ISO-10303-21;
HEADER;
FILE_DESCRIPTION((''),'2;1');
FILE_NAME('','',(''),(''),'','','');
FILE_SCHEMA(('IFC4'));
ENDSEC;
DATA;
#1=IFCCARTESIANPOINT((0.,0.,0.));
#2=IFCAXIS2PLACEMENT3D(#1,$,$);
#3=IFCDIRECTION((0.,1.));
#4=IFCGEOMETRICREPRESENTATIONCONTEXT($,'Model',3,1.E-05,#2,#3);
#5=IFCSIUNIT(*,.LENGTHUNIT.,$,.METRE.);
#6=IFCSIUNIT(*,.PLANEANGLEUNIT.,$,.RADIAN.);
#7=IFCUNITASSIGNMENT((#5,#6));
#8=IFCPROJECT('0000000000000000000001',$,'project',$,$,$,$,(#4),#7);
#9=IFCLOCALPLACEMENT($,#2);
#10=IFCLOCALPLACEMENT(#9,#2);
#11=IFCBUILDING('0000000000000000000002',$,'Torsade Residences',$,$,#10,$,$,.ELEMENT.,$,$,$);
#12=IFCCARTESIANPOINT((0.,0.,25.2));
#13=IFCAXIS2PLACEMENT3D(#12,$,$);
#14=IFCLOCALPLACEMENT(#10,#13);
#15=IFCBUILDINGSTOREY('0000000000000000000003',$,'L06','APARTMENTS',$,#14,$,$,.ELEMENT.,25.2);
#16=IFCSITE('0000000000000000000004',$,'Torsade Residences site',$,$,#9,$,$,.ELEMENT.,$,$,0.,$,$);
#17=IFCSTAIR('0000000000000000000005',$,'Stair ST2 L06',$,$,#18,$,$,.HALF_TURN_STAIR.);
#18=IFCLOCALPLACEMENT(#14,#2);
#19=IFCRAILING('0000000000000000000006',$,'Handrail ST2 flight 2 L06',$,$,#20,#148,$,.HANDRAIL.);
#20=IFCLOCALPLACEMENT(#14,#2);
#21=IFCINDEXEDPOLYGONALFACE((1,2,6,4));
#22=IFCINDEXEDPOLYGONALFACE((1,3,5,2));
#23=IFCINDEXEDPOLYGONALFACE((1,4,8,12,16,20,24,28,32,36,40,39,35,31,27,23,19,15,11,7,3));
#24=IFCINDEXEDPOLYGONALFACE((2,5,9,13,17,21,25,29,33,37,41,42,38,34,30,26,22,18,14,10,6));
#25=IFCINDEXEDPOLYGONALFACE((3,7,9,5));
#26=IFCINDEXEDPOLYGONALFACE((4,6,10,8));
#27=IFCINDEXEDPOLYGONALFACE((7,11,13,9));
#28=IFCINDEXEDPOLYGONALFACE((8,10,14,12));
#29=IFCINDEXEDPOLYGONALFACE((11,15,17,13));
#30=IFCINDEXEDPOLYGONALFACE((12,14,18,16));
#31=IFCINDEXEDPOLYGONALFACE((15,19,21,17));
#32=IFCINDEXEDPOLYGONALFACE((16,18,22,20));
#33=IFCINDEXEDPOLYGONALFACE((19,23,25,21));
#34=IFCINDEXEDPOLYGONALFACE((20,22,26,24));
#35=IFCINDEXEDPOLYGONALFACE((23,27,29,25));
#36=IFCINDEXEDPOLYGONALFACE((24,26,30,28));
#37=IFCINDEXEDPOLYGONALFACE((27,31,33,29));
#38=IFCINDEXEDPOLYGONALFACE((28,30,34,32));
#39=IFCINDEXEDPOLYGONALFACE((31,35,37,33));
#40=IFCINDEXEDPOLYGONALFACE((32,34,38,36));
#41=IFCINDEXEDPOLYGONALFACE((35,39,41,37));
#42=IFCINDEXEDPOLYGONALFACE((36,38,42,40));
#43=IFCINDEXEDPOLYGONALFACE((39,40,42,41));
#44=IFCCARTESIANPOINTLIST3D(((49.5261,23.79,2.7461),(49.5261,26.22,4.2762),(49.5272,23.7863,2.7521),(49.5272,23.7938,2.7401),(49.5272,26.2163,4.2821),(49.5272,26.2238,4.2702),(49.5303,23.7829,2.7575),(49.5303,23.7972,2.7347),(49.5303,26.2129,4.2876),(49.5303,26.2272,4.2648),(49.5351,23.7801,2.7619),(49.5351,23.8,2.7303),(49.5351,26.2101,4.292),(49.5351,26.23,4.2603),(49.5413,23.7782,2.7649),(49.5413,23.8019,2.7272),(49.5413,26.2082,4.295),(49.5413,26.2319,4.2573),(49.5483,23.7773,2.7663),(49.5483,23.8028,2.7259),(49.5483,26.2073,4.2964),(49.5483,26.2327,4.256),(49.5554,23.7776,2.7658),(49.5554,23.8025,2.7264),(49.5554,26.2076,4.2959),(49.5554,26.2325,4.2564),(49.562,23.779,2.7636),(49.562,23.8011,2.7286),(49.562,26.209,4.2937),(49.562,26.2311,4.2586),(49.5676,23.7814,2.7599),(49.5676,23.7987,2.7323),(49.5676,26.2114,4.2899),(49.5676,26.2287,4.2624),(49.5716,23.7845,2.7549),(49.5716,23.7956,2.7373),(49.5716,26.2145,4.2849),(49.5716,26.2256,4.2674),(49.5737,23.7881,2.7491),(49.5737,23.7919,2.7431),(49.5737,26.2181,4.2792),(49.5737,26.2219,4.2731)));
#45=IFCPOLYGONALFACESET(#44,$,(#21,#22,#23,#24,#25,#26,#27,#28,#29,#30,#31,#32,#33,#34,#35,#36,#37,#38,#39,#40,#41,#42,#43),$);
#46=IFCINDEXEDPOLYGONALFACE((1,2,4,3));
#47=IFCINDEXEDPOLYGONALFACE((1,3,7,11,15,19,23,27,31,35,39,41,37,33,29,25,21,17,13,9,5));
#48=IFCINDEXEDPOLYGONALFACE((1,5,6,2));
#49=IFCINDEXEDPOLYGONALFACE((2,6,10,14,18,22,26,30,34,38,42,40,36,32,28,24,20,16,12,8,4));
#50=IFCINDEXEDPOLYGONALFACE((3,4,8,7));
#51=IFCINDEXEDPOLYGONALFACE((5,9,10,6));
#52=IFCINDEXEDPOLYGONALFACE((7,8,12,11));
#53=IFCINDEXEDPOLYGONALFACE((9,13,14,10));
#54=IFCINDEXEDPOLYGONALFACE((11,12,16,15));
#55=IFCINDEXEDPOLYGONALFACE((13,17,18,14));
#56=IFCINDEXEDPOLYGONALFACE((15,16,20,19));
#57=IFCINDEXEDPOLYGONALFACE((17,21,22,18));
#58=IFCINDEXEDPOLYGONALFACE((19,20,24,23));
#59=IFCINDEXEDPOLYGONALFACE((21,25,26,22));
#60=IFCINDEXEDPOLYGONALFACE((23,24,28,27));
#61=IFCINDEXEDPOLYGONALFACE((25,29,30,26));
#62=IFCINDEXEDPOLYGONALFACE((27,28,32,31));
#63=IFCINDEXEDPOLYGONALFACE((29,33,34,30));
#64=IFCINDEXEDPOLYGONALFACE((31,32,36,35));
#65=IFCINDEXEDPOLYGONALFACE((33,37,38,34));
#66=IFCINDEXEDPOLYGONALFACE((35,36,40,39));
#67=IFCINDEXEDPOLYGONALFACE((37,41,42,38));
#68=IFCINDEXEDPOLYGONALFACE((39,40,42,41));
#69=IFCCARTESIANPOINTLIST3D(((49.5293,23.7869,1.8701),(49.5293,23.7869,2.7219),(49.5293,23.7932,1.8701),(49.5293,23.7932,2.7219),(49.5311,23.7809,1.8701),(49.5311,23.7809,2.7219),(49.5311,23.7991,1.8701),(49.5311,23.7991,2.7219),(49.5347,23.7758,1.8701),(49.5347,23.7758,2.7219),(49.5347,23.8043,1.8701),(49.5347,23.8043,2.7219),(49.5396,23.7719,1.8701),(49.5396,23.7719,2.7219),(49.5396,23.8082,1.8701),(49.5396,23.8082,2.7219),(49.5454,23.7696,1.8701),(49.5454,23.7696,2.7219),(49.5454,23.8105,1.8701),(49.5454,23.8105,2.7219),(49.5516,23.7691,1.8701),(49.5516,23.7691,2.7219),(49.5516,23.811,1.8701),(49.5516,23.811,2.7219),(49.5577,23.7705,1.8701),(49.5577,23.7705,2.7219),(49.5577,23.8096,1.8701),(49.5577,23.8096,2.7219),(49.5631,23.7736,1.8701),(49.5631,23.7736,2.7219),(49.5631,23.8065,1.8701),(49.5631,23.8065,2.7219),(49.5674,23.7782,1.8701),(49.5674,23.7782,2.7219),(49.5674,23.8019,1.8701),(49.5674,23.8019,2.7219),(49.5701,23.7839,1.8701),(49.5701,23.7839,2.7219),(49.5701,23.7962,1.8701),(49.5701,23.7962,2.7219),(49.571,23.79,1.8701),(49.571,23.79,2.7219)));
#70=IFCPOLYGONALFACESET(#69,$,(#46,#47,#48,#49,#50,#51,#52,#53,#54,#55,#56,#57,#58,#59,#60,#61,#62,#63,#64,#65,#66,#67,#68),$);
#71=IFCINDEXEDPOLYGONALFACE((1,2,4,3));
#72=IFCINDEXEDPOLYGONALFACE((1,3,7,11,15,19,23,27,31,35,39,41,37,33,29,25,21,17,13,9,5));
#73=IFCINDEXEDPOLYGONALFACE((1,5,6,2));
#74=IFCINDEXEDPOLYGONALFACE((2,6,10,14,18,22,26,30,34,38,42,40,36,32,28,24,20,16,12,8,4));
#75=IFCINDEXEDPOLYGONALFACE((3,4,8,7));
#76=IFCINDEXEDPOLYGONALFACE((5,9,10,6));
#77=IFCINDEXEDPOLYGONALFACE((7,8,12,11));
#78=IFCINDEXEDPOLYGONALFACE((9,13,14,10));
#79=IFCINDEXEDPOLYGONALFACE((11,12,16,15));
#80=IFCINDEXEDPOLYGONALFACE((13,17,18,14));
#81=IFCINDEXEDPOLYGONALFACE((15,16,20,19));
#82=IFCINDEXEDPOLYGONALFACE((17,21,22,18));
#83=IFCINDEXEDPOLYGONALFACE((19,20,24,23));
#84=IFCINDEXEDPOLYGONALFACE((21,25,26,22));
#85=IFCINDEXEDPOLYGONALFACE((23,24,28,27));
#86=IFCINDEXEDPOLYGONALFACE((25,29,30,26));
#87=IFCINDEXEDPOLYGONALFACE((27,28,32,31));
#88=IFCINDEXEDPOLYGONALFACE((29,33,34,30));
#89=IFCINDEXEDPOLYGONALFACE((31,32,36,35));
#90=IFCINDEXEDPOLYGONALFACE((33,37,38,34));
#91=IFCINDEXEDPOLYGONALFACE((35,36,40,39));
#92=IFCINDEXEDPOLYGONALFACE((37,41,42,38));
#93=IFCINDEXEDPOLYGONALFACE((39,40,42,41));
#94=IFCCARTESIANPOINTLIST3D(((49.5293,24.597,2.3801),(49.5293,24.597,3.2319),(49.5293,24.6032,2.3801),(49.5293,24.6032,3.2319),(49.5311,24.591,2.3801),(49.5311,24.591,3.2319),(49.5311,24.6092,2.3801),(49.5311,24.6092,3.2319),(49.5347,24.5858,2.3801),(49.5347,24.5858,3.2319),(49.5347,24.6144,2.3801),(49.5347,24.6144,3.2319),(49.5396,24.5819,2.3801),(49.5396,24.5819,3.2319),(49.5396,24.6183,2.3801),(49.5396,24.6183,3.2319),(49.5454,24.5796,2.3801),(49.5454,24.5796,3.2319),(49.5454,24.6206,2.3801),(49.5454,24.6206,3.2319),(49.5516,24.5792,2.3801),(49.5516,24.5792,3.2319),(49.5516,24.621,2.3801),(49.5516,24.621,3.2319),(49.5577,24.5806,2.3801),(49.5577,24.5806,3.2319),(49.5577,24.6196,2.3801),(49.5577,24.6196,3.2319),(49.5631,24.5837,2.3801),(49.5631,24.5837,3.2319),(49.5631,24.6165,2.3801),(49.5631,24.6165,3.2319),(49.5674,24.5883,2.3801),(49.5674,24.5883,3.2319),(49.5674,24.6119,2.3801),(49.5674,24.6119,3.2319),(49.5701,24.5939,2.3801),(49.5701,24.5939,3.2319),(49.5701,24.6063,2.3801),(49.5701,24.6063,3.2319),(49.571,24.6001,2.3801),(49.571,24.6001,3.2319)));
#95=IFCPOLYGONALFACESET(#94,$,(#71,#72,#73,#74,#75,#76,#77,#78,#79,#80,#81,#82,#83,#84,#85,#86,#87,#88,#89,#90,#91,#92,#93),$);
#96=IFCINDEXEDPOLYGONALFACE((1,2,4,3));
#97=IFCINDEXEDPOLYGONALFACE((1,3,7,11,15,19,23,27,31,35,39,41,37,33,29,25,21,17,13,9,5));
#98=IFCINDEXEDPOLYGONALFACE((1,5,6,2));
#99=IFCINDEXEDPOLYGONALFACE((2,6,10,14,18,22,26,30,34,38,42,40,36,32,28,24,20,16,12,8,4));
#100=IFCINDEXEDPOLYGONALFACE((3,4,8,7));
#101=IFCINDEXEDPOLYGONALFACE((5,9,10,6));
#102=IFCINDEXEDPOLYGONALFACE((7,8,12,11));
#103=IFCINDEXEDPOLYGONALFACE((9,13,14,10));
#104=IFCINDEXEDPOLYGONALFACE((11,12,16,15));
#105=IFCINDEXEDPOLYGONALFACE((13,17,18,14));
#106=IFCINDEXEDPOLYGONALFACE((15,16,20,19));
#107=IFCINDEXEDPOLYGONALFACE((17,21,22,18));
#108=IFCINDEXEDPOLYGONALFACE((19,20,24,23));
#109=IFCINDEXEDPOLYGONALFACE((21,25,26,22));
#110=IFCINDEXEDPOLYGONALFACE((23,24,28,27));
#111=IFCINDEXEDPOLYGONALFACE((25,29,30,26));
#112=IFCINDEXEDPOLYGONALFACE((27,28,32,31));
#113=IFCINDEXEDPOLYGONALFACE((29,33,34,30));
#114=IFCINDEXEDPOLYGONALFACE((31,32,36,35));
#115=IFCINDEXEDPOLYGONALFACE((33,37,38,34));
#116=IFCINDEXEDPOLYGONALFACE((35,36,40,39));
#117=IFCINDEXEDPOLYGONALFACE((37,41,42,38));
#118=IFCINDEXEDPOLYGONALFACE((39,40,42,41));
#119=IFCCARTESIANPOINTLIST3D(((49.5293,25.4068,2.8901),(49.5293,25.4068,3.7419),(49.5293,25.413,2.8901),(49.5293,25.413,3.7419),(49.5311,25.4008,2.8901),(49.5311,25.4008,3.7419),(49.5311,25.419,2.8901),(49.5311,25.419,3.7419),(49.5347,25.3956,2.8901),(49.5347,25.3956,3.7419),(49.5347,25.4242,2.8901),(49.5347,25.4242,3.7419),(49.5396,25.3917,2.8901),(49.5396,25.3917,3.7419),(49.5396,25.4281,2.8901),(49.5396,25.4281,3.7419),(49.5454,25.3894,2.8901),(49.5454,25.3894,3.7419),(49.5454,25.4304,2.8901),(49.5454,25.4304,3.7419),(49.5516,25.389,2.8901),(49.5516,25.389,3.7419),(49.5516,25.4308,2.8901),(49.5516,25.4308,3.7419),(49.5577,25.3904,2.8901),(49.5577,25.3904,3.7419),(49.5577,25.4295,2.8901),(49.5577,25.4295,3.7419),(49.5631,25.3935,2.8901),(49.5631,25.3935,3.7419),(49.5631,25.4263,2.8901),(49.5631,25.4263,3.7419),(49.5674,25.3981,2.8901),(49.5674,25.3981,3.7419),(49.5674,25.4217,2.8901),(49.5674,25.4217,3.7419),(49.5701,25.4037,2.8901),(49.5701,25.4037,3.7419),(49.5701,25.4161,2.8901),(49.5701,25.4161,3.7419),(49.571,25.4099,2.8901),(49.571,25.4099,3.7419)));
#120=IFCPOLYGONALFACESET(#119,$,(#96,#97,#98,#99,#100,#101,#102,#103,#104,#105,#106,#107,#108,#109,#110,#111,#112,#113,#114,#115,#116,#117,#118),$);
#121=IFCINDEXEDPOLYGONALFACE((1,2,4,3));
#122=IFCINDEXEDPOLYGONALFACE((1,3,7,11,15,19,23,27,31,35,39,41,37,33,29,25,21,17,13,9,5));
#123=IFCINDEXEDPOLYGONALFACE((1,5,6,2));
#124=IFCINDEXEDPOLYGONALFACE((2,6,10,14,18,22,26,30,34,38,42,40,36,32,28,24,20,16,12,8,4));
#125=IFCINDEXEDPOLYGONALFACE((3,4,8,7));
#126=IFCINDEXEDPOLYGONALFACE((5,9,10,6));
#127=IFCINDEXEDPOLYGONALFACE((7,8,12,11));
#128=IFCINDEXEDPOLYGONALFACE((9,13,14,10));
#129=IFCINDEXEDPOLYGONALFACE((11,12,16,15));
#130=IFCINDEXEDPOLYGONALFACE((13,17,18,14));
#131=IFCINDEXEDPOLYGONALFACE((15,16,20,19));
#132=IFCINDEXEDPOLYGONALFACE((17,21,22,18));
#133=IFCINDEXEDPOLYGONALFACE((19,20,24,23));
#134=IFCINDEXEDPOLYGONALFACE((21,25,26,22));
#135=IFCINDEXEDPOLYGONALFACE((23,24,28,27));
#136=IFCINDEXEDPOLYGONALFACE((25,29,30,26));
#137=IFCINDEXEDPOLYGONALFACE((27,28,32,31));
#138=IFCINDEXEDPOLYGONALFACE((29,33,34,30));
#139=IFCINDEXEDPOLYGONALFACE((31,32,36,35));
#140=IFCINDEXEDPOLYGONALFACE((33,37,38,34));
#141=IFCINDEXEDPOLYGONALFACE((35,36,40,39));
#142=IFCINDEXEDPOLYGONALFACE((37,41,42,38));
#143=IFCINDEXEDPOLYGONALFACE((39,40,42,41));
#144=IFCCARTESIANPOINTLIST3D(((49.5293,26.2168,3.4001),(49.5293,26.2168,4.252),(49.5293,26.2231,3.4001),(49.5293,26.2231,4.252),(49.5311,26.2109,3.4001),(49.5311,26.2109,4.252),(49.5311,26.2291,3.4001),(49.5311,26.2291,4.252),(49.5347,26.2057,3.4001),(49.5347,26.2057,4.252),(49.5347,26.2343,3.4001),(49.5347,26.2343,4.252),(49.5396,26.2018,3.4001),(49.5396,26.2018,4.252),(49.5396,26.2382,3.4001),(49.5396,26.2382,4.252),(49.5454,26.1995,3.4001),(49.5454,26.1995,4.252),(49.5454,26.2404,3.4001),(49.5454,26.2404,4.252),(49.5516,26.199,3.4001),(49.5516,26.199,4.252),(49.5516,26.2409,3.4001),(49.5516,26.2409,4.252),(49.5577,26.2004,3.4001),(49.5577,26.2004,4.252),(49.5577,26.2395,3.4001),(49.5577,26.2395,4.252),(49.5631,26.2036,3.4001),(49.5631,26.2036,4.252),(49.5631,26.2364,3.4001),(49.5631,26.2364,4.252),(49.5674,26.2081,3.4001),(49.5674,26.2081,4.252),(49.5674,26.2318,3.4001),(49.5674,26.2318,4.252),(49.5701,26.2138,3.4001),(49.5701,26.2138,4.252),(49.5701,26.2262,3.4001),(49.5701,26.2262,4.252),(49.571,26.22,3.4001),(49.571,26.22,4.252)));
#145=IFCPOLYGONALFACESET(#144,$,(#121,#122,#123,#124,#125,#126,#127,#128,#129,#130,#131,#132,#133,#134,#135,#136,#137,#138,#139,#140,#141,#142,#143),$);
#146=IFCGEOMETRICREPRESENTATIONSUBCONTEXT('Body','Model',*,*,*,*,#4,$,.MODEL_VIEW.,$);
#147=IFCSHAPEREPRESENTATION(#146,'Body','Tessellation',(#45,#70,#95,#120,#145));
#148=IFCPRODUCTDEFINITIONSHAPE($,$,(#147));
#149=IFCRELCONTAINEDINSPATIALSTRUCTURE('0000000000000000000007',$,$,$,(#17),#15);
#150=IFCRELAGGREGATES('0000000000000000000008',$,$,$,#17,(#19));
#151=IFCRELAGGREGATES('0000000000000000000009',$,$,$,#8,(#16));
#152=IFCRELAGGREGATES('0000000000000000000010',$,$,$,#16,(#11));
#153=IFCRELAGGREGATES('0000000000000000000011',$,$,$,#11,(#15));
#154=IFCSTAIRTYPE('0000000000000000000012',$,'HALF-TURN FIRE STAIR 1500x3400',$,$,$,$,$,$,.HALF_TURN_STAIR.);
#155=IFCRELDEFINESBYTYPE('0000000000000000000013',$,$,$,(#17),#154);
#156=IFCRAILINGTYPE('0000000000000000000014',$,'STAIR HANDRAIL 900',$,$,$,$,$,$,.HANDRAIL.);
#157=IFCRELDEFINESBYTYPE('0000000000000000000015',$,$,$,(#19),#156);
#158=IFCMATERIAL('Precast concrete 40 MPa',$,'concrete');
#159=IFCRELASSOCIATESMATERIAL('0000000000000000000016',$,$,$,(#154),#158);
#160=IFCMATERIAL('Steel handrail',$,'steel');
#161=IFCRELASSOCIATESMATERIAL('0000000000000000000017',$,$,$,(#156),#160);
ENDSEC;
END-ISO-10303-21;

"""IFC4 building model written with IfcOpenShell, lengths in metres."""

from ifc_helpers import new_model, si_unit, direction, frame, origin, origin_2d, place, context, subcontext, project, spatial, circle, extrude, material, type_object, element, aggregate, save


model = new_model("IFC4")

# Units and contexts
model_context = context("Model", 3, precision=1e-05, world=origin(), true_north=direction((0.0, 1.0)))
body_context = subcontext(model_context, "Body", "Model", "MODEL_VIEW")
ifc_project = project(units=[si_unit("LENGTHUNIT", "METRE"), si_unit("PLANEANGLEUNIT", "RADIAN")], contexts=[model_context])

# Site, building, storey
site_placement = place(None, origin())
site = spatial("IfcSite", under=ifc_project, at=site_placement, Name="Torsade Residences site", CompositionType="ELEMENT", RefElevation=0.0)
building_placement = place(site_placement, origin())
building = spatial("IfcBuilding", under=site, at=building_placement, Name="Torsade Residences", CompositionType="ELEMENT")
storey_placement = place(building_placement, frame((0.0, 0.0, 25.2)))
storey = spatial("IfcBuildingStorey", under=building, at=storey_placement, Name="L06", Description="APARTMENTS", CompositionType="ELEMENT", Elevation=25.2)

# Stair, railing
ifc_material_1 = material(Name="Precast concrete 40 MPa", Category="concrete")
stair_type = type_object("IfcStairType", Name="HALF-TURN FIRE STAIR 1500x3400", PredefinedType="HALF_TURN_STAIR", material=ifc_material_1)
stair_placement = place(storey_placement, origin())
stair = element("IfcStair", 1, at=stair_placement, inside=storey, type_object=stair_type, Name="Stair ST2 L06", PredefinedType="HALF_TURN_STAIR")
ifc_material_2 = material(Name="Steel handrail", Category="steel")
railing_type = type_object("IfcRailingType", Name="STAIR HANDRAIL 900", PredefinedType="HANDRAIL", material=ifc_material_2)
railing_1_placement = place(storey_placement, frame((49.55, 23.79, 1.8701)))
railing_1 = element("IfcRailing", 2, at=railing_1_placement, type_object=railing_type, Name="Handrail ST2 flight 2 L06", PredefinedType="HANDRAIL", context=body_context, shape_type="SweptSolid", body=[
    extrude(circle(Radius=0.0239, at=origin_2d()), frame((0.0, 0.0, 0.876), z_axis=(0.0, 0.846221, 0.532831), x_axis=(-1.0, 0.0, 0.0)), (0.0, 0.0, 1.0), 2.8716),
    extrude(circle(Radius=0.021, at=origin_2d()), origin(), (0.0, 0.0, 1.0), 0.8518),
    extrude(circle(Radius=0.021, at=origin_2d()), frame((0.0, 0.8101, 0.51)), (0.0, 0.0, 1.0), 0.8518),
    extrude(circle(Radius=0.021, at=origin_2d()), frame((0.0, 1.6199, 1.02)), (0.0, 0.0, 1.0), 0.8518),
    extrude(circle(Radius=0.021, at=origin_2d()), frame((0.0, 2.4299, 1.53)), (0.0, 0.0, 1.0), 0.8518),
])
aggregate(stair, [railing_1])

save(model, "model.ifc")
